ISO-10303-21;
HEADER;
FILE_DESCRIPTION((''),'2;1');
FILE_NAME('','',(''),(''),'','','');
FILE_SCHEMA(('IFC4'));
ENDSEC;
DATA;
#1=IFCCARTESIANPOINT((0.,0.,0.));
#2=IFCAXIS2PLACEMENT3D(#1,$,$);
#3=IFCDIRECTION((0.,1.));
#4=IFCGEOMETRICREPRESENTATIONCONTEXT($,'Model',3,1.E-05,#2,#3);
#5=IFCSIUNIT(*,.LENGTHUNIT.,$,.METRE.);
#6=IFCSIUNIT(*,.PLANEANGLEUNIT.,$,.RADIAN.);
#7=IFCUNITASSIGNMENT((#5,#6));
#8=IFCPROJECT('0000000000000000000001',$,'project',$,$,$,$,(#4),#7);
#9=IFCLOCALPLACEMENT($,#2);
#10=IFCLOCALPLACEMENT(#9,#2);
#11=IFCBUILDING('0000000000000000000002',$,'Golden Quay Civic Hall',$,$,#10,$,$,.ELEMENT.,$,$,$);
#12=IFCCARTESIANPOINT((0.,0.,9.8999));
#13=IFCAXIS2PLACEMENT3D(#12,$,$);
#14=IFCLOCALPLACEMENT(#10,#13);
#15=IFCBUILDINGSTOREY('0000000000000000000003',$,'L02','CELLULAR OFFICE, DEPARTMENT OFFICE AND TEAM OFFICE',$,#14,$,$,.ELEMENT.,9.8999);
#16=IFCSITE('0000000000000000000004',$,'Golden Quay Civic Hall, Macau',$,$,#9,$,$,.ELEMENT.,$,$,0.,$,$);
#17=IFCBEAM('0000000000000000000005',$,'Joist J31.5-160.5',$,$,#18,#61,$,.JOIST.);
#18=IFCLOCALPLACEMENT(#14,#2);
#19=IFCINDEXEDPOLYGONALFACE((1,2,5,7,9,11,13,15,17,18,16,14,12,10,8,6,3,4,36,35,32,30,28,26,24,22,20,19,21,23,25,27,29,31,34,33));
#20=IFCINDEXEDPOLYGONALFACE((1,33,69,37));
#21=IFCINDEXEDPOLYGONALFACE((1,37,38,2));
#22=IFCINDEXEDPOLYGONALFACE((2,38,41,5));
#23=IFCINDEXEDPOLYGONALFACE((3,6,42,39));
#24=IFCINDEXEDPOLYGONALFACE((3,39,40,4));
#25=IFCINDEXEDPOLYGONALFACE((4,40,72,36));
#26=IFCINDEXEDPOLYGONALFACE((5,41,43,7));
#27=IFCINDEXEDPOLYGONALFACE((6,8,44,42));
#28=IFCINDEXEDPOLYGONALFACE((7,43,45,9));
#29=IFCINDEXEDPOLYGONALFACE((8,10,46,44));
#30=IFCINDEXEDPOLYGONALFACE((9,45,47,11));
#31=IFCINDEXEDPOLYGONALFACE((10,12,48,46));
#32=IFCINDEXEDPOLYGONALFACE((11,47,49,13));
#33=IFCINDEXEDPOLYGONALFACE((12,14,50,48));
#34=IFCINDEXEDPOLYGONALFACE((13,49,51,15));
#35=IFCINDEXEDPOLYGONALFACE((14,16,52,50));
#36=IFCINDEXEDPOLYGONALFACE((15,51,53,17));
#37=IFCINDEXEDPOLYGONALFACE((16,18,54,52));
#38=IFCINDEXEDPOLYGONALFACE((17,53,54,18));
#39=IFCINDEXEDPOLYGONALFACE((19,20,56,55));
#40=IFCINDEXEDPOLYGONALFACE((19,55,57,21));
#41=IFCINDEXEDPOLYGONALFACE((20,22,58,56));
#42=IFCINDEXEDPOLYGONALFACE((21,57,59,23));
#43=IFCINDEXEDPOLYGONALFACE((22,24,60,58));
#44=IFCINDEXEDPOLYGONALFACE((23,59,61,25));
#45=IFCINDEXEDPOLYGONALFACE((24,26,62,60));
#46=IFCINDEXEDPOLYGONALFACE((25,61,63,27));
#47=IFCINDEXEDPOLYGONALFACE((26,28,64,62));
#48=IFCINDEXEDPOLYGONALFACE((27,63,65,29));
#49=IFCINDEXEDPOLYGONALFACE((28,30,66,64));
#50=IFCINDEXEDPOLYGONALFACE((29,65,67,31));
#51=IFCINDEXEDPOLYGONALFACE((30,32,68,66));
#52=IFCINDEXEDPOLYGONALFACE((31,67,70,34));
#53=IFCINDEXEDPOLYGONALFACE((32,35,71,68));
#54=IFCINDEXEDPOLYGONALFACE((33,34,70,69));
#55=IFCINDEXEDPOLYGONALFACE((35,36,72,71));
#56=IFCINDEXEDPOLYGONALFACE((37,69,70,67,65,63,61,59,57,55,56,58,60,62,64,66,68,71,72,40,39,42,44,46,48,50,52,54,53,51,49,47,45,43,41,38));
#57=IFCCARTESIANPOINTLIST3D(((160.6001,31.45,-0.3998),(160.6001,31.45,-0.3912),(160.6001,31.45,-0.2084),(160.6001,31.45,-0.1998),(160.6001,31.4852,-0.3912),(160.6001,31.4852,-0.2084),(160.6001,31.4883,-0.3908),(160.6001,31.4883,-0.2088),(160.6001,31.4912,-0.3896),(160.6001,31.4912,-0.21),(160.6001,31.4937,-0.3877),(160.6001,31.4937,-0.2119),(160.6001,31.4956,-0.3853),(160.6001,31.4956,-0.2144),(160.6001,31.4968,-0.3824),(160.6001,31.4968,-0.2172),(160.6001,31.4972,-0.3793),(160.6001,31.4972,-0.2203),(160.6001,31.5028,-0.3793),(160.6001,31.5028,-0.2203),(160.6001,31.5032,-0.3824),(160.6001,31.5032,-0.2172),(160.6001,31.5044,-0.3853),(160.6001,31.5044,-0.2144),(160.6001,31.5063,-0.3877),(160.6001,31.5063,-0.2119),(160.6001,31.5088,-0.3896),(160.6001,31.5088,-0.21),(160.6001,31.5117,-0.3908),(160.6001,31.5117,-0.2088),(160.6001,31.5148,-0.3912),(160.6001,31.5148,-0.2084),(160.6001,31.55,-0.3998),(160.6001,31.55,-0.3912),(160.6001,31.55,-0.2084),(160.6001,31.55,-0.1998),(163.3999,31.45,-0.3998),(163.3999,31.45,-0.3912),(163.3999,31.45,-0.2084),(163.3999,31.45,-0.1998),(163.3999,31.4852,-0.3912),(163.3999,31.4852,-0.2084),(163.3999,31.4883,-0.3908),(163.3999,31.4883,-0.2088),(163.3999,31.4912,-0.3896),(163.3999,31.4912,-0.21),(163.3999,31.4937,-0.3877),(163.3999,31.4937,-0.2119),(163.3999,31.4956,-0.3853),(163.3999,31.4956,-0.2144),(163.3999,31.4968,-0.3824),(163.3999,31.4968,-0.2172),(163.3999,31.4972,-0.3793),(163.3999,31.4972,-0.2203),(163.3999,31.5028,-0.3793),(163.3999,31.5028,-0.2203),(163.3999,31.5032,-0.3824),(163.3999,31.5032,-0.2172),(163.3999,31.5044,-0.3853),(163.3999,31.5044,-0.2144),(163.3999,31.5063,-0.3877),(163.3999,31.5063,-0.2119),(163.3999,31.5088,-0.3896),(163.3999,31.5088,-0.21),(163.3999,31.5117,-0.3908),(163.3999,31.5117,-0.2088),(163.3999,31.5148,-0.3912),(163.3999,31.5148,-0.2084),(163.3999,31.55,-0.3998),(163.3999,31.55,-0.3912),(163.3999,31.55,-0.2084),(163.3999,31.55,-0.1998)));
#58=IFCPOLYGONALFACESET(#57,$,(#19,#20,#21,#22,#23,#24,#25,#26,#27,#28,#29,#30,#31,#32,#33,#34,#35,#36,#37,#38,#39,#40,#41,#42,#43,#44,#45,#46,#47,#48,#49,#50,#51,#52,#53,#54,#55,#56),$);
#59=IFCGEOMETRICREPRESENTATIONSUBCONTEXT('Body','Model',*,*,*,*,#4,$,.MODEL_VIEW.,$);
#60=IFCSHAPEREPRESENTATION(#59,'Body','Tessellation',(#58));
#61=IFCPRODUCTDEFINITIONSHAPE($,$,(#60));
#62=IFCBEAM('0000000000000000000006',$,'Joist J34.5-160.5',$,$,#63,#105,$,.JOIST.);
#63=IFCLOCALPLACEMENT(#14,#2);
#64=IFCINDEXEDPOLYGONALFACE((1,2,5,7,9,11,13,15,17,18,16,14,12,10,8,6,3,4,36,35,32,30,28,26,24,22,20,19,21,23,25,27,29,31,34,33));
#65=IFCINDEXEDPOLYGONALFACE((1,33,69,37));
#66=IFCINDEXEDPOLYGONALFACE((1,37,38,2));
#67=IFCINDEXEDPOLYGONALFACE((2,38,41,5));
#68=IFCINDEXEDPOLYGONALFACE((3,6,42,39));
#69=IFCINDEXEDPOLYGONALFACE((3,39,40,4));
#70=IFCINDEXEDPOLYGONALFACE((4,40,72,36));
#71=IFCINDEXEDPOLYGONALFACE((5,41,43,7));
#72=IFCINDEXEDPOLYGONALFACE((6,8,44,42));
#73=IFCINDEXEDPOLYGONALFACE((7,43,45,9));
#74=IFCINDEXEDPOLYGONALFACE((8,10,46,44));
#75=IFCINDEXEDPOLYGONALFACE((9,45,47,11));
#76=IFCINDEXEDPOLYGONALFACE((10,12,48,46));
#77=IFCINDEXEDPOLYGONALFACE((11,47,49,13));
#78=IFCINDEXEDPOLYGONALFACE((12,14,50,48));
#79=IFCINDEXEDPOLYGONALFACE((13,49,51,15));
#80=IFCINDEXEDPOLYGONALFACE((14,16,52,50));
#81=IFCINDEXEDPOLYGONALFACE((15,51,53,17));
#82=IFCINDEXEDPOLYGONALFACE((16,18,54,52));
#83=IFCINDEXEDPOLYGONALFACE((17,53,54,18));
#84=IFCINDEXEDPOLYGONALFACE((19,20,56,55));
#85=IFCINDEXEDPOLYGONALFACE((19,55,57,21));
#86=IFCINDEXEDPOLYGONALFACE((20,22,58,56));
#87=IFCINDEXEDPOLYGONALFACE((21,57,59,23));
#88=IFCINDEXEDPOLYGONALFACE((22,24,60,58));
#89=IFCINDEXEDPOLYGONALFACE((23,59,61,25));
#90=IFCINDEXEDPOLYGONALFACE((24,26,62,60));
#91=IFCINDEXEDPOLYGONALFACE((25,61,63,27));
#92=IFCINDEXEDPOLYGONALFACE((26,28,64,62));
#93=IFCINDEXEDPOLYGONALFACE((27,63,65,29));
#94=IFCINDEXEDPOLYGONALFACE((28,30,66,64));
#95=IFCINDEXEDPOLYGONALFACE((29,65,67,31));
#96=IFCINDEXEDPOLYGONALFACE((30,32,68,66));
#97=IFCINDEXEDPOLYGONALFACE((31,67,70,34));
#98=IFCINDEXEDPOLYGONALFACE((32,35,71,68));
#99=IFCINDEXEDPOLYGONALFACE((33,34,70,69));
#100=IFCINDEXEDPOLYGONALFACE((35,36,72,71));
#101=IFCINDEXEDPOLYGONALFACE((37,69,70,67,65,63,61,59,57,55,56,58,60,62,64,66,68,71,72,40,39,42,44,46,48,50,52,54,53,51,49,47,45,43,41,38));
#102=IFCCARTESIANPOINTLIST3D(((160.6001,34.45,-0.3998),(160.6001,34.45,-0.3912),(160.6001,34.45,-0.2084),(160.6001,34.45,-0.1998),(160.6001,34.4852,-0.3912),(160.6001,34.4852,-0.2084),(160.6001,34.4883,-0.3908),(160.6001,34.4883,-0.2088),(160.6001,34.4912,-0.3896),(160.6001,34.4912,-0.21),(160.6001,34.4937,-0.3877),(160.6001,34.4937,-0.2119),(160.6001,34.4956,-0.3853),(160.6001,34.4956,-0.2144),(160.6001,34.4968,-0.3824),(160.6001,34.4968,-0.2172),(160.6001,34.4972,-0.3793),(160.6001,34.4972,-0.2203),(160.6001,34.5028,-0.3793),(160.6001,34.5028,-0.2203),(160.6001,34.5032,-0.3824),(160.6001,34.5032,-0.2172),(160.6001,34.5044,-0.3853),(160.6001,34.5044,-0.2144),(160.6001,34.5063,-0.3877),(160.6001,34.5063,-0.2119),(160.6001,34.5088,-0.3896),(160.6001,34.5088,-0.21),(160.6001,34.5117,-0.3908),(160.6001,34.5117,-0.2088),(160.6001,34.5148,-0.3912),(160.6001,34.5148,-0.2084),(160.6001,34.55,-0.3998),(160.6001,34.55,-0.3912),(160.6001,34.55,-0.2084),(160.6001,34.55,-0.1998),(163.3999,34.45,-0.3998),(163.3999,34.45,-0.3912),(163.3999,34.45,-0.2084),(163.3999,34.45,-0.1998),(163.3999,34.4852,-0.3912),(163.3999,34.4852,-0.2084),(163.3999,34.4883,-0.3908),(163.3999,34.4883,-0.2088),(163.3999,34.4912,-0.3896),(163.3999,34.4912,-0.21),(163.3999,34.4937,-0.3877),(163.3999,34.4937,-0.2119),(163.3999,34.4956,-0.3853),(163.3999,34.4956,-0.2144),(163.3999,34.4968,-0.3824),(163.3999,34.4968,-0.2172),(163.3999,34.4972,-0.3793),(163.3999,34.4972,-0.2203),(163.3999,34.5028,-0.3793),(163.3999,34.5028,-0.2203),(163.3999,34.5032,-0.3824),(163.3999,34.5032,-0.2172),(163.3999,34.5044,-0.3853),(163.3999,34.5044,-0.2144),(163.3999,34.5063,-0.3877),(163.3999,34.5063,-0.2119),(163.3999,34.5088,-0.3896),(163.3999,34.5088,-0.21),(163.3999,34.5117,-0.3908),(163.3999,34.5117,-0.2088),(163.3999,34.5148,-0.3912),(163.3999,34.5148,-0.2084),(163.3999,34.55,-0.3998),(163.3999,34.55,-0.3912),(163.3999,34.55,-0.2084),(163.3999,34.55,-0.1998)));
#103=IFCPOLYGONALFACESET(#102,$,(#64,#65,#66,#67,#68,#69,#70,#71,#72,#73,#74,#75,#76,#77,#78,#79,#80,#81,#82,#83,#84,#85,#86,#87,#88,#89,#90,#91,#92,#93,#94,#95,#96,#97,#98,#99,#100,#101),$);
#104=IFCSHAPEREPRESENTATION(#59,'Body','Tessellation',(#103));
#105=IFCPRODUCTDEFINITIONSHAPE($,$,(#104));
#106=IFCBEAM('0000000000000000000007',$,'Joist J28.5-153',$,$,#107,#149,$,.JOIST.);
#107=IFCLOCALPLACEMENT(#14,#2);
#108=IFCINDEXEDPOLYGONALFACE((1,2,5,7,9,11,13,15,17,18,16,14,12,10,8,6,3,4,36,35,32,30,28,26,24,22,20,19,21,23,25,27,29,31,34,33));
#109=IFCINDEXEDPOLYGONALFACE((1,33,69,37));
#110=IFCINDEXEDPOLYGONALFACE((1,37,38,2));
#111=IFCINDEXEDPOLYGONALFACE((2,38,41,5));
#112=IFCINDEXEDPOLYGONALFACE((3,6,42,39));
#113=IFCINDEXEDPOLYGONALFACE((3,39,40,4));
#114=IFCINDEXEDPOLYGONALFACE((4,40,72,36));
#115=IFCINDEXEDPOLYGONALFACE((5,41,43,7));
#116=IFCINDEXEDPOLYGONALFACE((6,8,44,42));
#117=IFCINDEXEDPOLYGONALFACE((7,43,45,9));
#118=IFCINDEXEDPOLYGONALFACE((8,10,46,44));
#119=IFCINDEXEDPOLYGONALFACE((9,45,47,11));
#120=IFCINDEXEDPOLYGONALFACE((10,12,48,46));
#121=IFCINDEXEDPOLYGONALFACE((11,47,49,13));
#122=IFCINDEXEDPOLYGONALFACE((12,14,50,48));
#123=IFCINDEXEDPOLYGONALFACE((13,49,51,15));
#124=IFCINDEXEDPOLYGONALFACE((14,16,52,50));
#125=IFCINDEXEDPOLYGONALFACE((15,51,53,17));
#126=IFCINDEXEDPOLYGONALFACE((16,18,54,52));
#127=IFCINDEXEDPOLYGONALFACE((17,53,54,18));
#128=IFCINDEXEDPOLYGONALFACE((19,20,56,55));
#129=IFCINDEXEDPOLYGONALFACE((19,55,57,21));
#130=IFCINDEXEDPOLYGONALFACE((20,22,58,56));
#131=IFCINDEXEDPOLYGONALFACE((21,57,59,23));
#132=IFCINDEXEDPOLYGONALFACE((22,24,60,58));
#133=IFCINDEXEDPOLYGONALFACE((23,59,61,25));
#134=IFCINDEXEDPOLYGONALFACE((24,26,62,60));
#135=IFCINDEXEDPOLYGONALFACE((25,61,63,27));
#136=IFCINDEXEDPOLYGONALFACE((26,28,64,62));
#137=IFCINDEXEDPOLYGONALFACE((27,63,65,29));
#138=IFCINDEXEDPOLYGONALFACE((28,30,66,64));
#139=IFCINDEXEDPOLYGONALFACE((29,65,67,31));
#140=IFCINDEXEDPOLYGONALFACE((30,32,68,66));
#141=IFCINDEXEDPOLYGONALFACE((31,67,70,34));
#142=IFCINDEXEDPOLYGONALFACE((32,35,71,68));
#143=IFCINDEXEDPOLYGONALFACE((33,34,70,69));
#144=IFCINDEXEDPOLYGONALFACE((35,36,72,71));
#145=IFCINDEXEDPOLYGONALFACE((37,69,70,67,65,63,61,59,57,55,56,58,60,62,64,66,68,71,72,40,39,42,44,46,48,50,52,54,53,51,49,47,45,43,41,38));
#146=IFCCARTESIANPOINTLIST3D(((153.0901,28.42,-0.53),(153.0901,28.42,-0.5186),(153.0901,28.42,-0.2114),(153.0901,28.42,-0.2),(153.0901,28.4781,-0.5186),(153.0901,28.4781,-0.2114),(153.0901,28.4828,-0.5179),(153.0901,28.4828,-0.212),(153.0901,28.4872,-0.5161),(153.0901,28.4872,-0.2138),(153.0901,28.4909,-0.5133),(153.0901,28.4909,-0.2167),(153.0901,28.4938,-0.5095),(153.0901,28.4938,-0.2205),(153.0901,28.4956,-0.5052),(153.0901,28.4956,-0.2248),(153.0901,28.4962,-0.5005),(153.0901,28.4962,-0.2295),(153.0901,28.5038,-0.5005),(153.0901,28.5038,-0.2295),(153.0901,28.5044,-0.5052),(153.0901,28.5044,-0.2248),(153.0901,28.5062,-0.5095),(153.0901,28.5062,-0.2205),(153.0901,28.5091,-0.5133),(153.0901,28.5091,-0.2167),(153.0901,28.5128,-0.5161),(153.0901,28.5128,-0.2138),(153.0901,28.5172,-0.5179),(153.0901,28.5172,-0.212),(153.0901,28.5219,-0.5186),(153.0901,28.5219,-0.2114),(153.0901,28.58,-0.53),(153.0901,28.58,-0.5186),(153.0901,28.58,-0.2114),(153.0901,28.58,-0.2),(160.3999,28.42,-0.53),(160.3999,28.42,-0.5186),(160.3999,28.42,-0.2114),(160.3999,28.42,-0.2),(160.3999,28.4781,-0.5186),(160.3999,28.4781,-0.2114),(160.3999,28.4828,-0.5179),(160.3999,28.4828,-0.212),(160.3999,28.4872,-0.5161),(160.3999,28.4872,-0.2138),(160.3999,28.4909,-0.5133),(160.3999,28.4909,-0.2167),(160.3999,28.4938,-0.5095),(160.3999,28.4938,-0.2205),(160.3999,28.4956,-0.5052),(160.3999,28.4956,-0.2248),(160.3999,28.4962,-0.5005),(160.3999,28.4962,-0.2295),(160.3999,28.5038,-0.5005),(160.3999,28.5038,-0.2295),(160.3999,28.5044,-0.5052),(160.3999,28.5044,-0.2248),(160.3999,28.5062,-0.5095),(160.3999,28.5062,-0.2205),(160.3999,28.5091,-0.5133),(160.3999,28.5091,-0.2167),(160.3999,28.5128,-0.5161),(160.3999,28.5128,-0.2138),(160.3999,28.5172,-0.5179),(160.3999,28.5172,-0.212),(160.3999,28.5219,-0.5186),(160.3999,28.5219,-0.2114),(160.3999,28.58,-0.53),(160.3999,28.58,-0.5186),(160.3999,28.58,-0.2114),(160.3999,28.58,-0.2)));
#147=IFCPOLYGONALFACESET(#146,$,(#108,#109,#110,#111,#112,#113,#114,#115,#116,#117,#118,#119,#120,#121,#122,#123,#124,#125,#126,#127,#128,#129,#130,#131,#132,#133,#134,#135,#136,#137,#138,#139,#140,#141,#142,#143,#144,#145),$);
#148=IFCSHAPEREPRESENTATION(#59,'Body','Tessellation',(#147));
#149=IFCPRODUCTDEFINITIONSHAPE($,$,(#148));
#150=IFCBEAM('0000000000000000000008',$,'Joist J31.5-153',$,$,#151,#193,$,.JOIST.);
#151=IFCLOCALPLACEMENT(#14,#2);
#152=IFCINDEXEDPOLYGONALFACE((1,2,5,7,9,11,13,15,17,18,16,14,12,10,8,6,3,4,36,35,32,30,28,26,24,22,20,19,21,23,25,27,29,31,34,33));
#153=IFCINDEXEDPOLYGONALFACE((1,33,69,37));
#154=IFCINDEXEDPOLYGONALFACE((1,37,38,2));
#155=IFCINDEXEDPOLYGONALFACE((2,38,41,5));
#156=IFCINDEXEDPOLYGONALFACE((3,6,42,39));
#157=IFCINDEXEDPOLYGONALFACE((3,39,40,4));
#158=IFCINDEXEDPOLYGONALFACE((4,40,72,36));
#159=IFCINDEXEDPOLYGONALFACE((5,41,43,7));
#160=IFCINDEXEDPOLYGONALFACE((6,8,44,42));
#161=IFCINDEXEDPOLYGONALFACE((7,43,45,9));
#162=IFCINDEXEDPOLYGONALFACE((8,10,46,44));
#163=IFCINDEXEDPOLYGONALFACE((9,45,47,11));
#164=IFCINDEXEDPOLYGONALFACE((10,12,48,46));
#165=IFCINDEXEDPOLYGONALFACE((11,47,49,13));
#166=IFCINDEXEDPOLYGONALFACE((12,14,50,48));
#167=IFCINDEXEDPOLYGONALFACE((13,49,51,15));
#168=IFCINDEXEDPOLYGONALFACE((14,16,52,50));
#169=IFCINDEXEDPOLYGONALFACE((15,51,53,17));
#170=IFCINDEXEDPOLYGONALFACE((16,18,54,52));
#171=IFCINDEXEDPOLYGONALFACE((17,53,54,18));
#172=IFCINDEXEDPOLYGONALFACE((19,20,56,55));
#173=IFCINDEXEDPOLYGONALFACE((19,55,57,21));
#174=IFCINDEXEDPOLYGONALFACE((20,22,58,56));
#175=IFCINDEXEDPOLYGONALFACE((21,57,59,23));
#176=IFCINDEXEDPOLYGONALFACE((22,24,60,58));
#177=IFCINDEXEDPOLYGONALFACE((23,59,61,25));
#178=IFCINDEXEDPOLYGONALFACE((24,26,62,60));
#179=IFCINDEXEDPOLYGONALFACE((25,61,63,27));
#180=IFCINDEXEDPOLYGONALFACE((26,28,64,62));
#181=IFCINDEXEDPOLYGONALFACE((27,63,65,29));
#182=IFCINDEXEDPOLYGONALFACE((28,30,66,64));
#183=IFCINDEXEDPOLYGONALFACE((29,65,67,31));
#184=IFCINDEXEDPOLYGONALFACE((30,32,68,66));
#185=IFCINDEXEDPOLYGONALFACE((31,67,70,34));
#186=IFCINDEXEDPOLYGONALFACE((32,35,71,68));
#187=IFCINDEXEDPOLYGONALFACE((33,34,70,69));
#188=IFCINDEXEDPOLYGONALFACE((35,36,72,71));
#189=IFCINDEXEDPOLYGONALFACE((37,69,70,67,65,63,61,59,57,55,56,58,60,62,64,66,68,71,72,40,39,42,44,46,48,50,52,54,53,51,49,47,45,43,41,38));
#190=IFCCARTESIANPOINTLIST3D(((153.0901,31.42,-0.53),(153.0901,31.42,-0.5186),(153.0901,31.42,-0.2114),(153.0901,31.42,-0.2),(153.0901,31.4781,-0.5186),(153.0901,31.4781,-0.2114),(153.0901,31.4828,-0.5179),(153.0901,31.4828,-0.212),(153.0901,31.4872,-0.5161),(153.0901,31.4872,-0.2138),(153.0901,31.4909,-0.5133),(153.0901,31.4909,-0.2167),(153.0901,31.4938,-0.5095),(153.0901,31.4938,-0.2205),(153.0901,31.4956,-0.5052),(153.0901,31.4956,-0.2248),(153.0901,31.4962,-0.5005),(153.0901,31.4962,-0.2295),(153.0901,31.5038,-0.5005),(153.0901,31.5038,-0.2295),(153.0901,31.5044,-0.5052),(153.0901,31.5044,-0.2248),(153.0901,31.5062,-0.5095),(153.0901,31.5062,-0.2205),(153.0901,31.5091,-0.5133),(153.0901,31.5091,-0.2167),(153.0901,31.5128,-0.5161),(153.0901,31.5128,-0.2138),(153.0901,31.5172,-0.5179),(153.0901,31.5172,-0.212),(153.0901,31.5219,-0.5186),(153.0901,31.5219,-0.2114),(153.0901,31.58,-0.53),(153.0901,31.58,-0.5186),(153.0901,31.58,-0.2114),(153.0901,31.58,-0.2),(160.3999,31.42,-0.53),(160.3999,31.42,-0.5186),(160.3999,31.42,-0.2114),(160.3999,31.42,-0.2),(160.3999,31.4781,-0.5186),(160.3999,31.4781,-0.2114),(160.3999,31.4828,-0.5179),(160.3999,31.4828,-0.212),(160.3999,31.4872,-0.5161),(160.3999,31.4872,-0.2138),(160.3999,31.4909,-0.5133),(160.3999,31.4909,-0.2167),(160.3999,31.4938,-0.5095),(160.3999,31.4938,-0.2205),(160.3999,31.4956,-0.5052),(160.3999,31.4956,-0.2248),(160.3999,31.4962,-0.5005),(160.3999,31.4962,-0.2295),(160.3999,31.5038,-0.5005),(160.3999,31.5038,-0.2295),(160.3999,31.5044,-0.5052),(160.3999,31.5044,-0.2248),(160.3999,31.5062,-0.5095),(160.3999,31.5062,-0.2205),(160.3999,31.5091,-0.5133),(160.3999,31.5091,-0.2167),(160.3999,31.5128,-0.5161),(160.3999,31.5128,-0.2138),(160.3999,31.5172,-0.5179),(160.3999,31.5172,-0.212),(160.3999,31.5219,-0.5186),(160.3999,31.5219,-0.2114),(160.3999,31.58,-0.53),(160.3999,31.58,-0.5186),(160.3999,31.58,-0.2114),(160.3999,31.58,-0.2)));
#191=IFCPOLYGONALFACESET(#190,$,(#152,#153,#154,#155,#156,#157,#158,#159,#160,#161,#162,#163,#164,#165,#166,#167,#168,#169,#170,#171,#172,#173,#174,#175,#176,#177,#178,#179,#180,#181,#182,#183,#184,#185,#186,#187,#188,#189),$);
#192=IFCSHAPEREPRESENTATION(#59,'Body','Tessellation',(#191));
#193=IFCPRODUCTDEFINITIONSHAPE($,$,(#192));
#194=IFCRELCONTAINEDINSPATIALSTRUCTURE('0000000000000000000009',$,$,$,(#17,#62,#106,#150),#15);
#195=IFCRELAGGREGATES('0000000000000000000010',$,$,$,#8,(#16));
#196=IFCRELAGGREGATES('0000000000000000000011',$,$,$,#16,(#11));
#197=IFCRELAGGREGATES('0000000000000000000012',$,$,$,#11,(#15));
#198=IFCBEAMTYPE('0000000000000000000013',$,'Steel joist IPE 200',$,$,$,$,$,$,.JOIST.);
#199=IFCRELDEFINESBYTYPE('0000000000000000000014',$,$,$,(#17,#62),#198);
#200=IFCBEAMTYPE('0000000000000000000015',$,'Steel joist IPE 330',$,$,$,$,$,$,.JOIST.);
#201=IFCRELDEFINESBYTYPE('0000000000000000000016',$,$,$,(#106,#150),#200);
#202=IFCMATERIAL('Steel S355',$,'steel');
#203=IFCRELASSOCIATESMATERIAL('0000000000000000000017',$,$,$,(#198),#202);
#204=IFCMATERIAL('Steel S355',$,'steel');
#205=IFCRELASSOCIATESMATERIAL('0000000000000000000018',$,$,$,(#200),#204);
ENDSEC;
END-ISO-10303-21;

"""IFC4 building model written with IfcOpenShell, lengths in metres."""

from ifc_helpers import new_model, si_unit, direction, frame, origin, origin_2d, place, context, subcontext, project, spatial, i_section, extrude, material, material_profile, profile_set, type_object, element, save


model = new_model("IFC4")

# Units and contexts
model_context = context("Model", 3, precision=1e-05, world=origin(), true_north=direction((0.0, 1.0)))
body_context = subcontext(model_context, "Body", "Model", "MODEL_VIEW")
ifc_project = project(units=[si_unit("LENGTHUNIT", "METRE"), si_unit("PLANEANGLEUNIT", "RADIAN")], contexts=[model_context])

# Site, building, storey
site_placement = place(None, origin())
site = spatial("IfcSite", under=ifc_project, at=site_placement, Name="Golden Quay Civic Hall, Macau", CompositionType="ELEMENT", RefElevation=0.0)
building_placement = place(site_placement, origin())
building = spatial("IfcBuilding", under=site, at=building_placement, Name="Golden Quay Civic Hall", CompositionType="ELEMENT")
storey_placement = place(building_placement, frame((0.0, 0.0, 9.8999)))
storey = spatial("IfcBuildingStorey", under=building, at=storey_placement, Name="L02", Description="CELLULAR OFFICE, DEPARTMENT OFFICE AND TEAM OFFICE", CompositionType="ELEMENT", Elevation=9.8999)

# Beams
ifc_material_1 = material(Name="Steel S355", Category="steel")
ifc_material_profile_1 = material_profile(ifc_material_1, i_section(OverallWidth=0.1001, OverallDepth=0.2, WebThickness=0.0056, FlangeThickness=0.0085, FilletRadius=0.012, at=origin_2d()), Name="IPE 200")
ifc_profile_set_1 = profile_set([ifc_material_profile_1], Name="Steel S355")
beam_type_1 = type_object("IfcBeamType", Name="Steel joist IPE 200", PredefinedType="JOIST", material=ifc_profile_set_1)
for number, where, z_axis, x_axis, name in (
    (1, (160.6001, 31.5, -0.2998), (1.0, 0.0, 0.0), (0.0, 1.0, 0.0), "Joist J31.5-160.5"),
    (2, (160.6001, 34.5, -0.2998), (1.0, 0.0, 0.0), (0.0, 1.0, 0.0), "Joist J34.5-160.5"),
):
    element("IfcBeam", number, at=place(storey_placement, frame(where, z_axis=z_axis, x_axis=x_axis)), inside=storey, type_object=beam_type_1, Name=name, PredefinedType="JOIST", context=body_context, shape_type="SweptSolid", body=[
        extrude(i_section(OverallWidth=0.1001, OverallDepth=0.2, WebThickness=0.0056, FlangeThickness=0.0085, FilletRadius=0.012, at=origin_2d()), origin(), (0.0, 0.0, 1.0), 2.7998),
    ])
ifc_material_2 = material(Name="Steel S355", Category="steel")
ifc_material_profile_2 = material_profile(ifc_material_2, i_section(OverallWidth=0.1599, OverallDepth=0.3301, WebThickness=0.0076, FlangeThickness=0.0115, FilletRadius=0.0181, at=origin_2d()), Name="IPE 330")
ifc_profile_set_2 = profile_set([ifc_material_profile_2], Name="Steel S355")
beam_type_2 = type_object("IfcBeamType", Name="Steel joist IPE 330", PredefinedType="JOIST", material=ifc_profile_set_2)
for number, where, z_axis, x_axis, name in (
    (3, (153.0901, 28.5, -0.365), (1.0, 0.0, 0.0), (0.0, 1.0, 0.0), "Joist J28.5-153"),
    (4, (153.0901, 31.5, -0.365), (1.0, 0.0, 0.0), (0.0, 1.0, 0.0), "Joist J31.5-153"),
):
    element("IfcBeam", number, at=place(storey_placement, frame(where, z_axis=z_axis, x_axis=x_axis)), inside=storey, type_object=beam_type_2, Name=name, PredefinedType="JOIST", context=body_context, shape_type="SweptSolid", body=[
        extrude(i_section(OverallWidth=0.1599, OverallDepth=0.3301, WebThickness=0.0076, FlangeThickness=0.0115, FilletRadius=0.0181, at=origin_2d()), origin(), (0.0, 0.0, 1.0), 7.3098),
    ])

save(model, "model.ifc")
